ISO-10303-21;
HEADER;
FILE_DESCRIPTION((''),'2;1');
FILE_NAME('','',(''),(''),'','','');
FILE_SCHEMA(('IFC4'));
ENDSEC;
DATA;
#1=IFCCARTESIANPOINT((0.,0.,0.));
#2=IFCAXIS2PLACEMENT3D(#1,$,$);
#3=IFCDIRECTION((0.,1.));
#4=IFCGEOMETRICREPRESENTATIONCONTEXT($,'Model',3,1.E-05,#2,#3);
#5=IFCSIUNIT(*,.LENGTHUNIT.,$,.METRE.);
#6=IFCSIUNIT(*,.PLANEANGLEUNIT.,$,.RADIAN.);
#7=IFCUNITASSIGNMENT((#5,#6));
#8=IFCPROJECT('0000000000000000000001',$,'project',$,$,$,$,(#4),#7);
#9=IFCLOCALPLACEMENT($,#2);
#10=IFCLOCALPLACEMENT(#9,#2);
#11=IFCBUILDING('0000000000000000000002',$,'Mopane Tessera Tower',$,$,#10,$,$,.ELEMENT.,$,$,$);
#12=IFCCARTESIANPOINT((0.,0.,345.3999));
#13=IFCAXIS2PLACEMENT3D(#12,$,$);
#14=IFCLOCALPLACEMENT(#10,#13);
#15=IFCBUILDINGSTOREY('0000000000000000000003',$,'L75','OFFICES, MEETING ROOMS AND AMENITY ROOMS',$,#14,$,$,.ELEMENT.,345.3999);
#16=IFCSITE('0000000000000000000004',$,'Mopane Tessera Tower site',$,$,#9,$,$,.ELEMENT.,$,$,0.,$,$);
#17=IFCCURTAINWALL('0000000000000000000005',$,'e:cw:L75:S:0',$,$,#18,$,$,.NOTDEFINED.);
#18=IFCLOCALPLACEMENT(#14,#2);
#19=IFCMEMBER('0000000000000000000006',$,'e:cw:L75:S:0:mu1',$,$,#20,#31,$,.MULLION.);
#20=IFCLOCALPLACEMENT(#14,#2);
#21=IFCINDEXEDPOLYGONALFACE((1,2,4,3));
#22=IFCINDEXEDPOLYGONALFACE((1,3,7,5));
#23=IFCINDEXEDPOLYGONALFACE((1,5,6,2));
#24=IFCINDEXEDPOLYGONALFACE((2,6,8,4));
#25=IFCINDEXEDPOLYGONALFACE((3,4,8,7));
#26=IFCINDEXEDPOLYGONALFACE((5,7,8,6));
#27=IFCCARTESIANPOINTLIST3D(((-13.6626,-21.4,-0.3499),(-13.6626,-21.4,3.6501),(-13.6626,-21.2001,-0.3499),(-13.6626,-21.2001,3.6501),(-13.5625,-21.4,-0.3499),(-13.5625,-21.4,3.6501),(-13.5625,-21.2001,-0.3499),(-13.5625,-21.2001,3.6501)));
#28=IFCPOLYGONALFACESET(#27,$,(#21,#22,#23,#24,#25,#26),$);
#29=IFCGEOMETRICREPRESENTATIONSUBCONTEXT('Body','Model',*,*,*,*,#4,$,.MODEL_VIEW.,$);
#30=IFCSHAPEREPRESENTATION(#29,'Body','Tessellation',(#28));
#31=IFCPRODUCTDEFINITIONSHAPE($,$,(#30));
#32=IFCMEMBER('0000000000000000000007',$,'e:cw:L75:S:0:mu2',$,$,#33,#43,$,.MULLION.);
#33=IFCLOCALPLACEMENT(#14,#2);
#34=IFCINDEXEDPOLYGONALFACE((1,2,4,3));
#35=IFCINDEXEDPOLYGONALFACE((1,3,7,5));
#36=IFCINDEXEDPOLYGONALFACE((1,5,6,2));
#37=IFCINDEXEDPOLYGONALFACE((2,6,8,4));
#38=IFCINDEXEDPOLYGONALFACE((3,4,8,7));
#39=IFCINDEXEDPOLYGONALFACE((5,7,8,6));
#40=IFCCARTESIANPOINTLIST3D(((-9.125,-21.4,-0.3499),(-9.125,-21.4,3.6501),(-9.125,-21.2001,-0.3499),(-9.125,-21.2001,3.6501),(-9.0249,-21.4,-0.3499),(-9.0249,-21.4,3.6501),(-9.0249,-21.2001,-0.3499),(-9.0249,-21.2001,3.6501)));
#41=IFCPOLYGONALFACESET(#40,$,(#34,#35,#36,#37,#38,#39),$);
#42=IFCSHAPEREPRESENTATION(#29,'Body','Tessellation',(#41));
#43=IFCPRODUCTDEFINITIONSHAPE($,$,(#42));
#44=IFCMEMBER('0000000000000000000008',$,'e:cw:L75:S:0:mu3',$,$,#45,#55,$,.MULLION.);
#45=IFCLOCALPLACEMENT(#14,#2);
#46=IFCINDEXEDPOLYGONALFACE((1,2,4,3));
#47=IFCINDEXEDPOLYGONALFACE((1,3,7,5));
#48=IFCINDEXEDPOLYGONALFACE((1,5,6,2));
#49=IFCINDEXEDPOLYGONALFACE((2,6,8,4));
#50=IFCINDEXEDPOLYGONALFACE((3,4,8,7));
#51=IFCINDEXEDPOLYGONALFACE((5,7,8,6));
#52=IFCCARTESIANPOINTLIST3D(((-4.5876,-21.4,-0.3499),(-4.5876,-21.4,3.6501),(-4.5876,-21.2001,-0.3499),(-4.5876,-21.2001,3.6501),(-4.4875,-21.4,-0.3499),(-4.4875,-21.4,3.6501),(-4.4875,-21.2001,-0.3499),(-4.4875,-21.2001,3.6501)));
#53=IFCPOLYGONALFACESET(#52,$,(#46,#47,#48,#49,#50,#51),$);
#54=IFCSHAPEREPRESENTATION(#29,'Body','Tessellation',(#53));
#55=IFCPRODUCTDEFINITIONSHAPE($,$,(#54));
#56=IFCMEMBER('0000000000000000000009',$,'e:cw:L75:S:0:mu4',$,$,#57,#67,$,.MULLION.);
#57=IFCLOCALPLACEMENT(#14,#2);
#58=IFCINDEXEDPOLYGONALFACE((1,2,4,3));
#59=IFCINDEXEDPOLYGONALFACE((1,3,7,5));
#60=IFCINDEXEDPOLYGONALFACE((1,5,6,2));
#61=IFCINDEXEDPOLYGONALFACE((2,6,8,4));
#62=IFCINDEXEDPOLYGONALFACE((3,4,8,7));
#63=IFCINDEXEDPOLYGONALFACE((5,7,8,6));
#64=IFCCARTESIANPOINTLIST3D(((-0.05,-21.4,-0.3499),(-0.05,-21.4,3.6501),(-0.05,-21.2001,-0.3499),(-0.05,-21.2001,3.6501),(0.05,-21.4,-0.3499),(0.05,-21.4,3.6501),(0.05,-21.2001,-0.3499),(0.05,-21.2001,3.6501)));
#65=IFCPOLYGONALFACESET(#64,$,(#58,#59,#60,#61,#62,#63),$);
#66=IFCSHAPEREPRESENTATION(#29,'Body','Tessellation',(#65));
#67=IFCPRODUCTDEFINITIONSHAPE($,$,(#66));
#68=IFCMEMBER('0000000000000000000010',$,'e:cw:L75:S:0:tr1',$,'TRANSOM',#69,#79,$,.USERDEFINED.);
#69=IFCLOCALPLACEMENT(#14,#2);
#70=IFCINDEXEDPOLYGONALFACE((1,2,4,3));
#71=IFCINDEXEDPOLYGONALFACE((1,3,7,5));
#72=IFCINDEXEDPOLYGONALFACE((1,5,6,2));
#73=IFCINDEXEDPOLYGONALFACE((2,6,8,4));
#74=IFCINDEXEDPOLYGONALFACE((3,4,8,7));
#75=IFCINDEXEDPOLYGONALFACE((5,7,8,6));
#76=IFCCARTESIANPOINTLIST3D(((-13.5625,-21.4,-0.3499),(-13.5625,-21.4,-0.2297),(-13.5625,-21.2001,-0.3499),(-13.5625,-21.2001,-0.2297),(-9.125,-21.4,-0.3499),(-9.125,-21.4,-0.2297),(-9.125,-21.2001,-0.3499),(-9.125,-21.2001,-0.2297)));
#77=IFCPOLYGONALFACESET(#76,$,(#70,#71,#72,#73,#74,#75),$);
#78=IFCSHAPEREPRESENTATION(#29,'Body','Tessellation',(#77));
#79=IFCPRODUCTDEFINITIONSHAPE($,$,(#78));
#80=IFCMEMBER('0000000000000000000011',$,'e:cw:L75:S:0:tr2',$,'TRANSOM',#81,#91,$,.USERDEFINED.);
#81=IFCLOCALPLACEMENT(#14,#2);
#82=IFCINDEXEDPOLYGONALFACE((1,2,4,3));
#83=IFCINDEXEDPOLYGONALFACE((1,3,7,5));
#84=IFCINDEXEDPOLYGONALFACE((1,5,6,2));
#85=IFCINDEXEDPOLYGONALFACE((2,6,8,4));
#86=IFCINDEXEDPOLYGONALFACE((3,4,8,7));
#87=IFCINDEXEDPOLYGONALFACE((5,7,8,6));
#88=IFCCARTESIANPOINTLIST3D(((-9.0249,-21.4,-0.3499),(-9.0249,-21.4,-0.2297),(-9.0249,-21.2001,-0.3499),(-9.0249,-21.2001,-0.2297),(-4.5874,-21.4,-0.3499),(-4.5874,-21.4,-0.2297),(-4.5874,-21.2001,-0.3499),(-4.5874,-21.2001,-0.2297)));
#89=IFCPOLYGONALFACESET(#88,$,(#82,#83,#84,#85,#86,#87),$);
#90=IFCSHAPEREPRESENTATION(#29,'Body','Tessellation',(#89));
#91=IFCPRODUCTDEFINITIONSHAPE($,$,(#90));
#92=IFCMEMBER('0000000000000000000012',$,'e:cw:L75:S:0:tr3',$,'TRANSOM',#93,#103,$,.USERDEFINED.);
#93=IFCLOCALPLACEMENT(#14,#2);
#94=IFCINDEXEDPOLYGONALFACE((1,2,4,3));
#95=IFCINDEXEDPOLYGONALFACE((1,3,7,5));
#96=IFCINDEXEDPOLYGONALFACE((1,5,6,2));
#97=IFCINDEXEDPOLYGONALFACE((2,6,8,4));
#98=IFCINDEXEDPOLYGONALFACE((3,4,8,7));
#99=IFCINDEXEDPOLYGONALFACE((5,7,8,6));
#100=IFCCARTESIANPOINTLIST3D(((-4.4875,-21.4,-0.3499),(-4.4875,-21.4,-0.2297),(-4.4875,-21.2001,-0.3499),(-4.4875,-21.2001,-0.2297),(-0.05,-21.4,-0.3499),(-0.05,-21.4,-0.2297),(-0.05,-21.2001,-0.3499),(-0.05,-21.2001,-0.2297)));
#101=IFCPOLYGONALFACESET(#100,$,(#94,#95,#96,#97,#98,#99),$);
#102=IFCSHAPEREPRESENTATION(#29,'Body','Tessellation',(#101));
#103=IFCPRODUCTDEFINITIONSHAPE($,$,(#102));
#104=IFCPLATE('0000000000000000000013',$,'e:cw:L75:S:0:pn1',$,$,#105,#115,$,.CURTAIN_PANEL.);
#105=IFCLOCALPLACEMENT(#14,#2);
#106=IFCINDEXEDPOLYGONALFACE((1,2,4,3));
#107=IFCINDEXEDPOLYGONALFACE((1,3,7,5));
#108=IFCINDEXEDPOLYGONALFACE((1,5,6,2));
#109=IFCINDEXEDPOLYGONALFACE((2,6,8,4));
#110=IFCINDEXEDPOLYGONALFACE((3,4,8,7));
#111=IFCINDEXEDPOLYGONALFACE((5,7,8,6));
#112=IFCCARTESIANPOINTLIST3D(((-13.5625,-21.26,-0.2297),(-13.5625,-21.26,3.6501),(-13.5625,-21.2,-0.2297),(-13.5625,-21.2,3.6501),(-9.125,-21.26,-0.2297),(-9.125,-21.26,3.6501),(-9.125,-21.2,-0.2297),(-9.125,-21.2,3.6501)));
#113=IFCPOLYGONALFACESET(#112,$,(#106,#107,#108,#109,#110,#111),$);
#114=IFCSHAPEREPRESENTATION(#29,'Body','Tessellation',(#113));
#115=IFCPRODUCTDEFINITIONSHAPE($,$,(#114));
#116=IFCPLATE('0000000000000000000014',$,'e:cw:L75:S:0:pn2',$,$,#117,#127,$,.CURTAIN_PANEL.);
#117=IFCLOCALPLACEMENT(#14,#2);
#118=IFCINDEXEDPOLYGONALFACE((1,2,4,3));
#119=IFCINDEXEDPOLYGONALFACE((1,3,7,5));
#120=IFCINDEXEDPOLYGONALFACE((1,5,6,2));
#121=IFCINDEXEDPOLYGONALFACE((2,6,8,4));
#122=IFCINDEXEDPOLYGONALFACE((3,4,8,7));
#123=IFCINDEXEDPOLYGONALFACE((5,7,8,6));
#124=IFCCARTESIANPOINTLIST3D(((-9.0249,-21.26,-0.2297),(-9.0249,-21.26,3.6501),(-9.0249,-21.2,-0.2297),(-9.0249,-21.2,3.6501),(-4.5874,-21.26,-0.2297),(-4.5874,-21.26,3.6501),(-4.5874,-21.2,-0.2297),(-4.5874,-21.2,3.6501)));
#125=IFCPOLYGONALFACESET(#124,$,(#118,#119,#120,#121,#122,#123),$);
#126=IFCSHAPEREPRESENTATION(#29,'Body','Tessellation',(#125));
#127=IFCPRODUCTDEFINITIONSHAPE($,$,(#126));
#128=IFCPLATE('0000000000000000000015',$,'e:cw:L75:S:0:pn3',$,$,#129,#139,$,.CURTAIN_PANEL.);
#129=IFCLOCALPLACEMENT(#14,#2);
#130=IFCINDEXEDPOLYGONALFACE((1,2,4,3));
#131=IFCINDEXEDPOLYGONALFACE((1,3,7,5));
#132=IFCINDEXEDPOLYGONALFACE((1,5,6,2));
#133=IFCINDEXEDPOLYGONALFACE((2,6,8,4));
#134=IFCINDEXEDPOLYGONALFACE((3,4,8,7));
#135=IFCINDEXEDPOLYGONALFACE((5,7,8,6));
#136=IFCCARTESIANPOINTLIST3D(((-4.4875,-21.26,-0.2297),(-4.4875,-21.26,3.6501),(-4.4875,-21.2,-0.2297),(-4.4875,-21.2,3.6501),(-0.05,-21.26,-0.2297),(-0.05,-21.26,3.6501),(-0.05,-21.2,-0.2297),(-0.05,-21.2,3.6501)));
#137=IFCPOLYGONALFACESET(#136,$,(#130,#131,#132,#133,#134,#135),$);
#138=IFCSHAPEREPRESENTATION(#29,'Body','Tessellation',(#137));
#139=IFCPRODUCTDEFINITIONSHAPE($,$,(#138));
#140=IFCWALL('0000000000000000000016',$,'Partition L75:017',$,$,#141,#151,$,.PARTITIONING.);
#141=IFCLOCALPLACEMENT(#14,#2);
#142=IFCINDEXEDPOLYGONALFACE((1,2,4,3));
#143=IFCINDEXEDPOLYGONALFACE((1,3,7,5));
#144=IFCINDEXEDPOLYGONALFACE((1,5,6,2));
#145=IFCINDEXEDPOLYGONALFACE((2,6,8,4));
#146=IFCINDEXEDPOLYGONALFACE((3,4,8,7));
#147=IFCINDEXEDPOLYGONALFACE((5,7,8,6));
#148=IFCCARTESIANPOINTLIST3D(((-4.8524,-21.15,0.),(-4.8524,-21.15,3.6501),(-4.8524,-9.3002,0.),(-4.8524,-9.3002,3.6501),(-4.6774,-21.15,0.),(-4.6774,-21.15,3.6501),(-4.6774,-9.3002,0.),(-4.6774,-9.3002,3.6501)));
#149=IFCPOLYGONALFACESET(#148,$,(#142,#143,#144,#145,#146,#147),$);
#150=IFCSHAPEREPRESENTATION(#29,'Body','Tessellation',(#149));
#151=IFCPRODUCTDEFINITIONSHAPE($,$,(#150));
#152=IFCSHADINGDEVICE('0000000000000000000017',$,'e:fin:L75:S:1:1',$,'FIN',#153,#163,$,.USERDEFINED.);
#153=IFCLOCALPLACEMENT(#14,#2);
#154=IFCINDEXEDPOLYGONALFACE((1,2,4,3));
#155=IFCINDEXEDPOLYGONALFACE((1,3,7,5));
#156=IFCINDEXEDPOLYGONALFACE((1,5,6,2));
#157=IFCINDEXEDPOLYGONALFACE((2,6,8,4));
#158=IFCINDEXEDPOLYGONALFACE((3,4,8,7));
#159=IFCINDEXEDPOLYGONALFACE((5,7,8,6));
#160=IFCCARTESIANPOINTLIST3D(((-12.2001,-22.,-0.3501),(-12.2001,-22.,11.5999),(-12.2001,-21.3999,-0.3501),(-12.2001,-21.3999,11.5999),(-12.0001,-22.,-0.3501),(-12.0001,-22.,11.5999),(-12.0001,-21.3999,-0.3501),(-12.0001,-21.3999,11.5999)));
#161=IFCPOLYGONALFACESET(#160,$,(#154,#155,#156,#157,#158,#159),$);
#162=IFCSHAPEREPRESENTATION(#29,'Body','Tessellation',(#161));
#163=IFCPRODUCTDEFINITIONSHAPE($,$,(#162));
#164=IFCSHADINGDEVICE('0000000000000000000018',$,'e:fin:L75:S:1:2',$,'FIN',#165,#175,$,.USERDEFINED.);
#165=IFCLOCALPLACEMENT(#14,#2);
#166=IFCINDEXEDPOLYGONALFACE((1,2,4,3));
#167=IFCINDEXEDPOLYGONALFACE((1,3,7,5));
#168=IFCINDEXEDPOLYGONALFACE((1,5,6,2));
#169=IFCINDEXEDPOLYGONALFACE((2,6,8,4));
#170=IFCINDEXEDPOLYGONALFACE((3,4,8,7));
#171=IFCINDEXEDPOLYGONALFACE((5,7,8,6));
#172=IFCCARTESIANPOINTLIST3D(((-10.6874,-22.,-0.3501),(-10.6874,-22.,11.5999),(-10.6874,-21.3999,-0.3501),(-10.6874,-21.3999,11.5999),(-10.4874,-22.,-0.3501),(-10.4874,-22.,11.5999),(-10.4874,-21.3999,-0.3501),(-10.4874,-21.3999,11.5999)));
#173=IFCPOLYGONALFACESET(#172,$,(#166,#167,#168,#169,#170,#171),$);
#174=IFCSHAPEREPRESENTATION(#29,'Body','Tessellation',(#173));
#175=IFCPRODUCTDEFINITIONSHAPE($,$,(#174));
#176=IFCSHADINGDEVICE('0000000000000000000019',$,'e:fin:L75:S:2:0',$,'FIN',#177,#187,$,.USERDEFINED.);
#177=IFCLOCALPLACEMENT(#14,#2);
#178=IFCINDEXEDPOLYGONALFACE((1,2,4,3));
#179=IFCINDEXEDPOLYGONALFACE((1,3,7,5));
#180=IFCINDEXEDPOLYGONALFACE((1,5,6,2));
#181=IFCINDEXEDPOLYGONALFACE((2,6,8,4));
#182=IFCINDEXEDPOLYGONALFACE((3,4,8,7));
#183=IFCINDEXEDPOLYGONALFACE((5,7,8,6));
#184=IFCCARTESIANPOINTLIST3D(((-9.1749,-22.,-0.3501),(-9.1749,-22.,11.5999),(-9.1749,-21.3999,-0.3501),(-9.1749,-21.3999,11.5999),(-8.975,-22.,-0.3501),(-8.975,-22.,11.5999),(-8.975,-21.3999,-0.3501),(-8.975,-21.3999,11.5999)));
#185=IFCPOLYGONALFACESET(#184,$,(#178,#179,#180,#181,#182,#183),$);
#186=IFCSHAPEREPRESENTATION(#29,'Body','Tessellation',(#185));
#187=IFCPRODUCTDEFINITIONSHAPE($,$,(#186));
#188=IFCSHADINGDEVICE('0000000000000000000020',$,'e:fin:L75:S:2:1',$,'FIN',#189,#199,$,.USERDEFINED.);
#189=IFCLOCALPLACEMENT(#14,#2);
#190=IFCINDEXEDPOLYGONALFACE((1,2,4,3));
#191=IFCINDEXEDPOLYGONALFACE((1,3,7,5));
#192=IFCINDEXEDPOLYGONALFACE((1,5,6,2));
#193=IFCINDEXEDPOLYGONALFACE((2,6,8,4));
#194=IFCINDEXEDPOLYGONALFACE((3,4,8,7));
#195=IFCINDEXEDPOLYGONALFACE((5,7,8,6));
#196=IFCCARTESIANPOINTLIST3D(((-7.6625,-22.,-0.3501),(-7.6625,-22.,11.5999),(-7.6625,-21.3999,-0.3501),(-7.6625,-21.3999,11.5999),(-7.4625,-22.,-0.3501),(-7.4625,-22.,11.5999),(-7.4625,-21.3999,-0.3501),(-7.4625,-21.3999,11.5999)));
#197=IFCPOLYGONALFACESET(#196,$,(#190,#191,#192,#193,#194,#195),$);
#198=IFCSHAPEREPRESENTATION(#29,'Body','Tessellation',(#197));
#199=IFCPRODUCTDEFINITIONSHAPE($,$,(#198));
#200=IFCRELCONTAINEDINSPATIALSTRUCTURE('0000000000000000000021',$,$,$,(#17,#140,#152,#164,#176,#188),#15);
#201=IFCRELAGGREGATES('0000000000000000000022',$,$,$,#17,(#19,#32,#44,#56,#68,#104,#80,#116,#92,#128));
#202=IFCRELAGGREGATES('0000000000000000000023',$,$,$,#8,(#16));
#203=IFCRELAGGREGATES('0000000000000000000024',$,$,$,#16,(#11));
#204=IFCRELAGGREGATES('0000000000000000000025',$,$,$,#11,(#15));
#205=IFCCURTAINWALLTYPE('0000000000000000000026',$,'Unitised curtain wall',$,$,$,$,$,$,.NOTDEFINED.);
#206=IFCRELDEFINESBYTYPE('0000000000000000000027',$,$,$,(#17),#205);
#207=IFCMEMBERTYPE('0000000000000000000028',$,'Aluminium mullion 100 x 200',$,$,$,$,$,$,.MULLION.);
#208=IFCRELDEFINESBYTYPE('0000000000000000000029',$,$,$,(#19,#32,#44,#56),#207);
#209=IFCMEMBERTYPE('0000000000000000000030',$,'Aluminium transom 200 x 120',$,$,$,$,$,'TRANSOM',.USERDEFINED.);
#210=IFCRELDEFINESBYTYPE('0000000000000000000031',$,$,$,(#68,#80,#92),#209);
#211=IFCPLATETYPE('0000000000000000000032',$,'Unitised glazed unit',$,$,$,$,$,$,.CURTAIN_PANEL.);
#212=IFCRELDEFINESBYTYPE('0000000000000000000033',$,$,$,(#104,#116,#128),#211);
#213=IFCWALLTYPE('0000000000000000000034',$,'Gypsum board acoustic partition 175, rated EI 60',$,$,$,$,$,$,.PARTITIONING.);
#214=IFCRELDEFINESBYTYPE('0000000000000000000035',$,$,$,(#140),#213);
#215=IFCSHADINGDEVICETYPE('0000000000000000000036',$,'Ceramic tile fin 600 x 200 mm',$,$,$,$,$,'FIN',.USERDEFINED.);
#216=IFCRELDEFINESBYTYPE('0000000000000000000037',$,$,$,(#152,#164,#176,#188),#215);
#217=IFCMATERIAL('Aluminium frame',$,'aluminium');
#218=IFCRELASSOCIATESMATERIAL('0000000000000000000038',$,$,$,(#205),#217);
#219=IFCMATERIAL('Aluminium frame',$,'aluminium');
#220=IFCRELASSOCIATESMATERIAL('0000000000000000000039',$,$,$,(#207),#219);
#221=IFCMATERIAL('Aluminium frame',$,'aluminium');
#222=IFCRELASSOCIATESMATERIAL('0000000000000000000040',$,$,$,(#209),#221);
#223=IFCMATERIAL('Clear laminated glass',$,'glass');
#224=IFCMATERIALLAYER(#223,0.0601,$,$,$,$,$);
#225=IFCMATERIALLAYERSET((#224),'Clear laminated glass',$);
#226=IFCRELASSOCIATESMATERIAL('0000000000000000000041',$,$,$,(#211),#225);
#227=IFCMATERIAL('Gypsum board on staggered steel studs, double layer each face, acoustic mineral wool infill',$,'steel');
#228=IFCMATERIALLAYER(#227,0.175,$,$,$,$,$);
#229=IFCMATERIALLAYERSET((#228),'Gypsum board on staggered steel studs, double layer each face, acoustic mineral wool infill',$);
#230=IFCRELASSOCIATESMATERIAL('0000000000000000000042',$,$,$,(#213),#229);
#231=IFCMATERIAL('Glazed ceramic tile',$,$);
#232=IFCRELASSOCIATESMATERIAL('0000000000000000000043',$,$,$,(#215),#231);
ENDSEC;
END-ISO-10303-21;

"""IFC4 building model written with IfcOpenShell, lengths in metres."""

from ifc_helpers import new_model, si_unit, direction, frame, frame_2d, origin, origin_2d, place, context, subcontext, project, spatial, rectangle, extrude, material, layer, layer_set, material_profile, profile_set, type_object, element, aggregate, save


model = new_model("IFC4")

# Units and contexts
model_context = context("Model", 3, precision=1e-05, world=origin(), true_north=direction((0.0, 1.0)))
body_context = subcontext(model_context, "Body", "Model", "MODEL_VIEW")
ifc_project = project(units=[si_unit("LENGTHUNIT", "METRE"), si_unit("PLANEANGLEUNIT", "RADIAN")], contexts=[model_context])

# Site, building, storey
site_placement = place(None, origin())
site = spatial("IfcSite", under=ifc_project, at=site_placement, Name="Mopane Tessera Tower site", CompositionType="ELEMENT", RefElevation=0.0)
building_placement = place(site_placement, origin())
building = spatial("IfcBuilding", under=site, at=building_placement, Name="Mopane Tessera Tower", CompositionType="ELEMENT")
storey_placement = place(building_placement, frame((0.0, 0.0, 345.3999)))
storey = spatial("IfcBuildingStorey", under=building, at=storey_placement, Name="L75", Description="OFFICES, MEETING ROOMS AND AMENITY ROOMS", CompositionType="ELEMENT", Elevation=345.3999)

# Curtain wall, members, plates
ifc_material_1 = material(Name="Aluminium frame", Category="aluminium")
curtain_wall_type = type_object("IfcCurtainWallType", Name="Unitised curtain wall", PredefinedType="NOTDEFINED", material=ifc_material_1)
curtain_wall_placement = place(storey_placement, origin())
curtain_wall = element("IfcCurtainWall", 1, at=curtain_wall_placement, inside=storey, type_object=curtain_wall_type, Name="e:cw:L75:S:0", PredefinedType="NOTDEFINED")
ifc_material_2 = material(Name="Aluminium frame", Category="aluminium")
ifc_material_profile_1 = material_profile(ifc_material_2, rectangle(XDim=0.1001, YDim=0.2, at=origin_2d()))
ifc_profile_set_1 = profile_set([ifc_material_profile_1], Name="Aluminium frame")
member_type_1 = type_object("IfcMemberType", Name="Aluminium mullion 100 x 200", PredefinedType="MULLION", material=ifc_profile_set_1)
member_1_placement = place(storey_placement, frame((-13.6125, -21.3, -0.3499), z_axis=(0.0, 0.0, 1.0), x_axis=(1.0, 0.0, 0.0)))
member_1 = element("IfcMember", 2, at=member_1_placement, type_object=member_type_1, Name="e:cw:L75:S:0:mu1", PredefinedType="MULLION", context=body_context, shape_type="SweptSolid", body=[
    extrude(rectangle(XDim=0.1001, YDim=0.2, at=origin_2d()), origin(), (0.0, 0.0, 1.0), 4.0),
])
member_2_placement = place(storey_placement, frame((-9.075, -21.3, -0.3499), z_axis=(0.0, 0.0, 1.0), x_axis=(1.0, 0.0, 0.0)))
member_2 = element("IfcMember", 3, at=member_2_placement, type_object=member_type_1, Name="e:cw:L75:S:0:mu2", PredefinedType="MULLION", context=body_context, shape_type="SweptSolid", body=[
    extrude(rectangle(XDim=0.1001, YDim=0.2, at=origin_2d()), origin(), (0.0, 0.0, 1.0), 4.0),
])
member_3_placement = place(storey_placement, frame((-4.5376, -21.3, -0.3499), z_axis=(0.0, 0.0, 1.0), x_axis=(1.0, 0.0, 0.0)))
member_3 = element("IfcMember", 4, at=member_3_placement, type_object=member_type_1, Name="e:cw:L75:S:0:mu3", PredefinedType="MULLION", context=body_context, shape_type="SweptSolid", body=[
    extrude(rectangle(XDim=0.1001, YDim=0.2, at=origin_2d()), origin(), (0.0, 0.0, 1.0), 4.0),
])
member_4_placement = place(storey_placement, frame((0.0, -21.3, -0.3499), z_axis=(0.0, 0.0, 1.0), x_axis=(1.0, 0.0, 0.0)))
member_4 = element("IfcMember", 5, at=member_4_placement, type_object=member_type_1, Name="e:cw:L75:S:0:mu4", PredefinedType="MULLION", context=body_context, shape_type="SweptSolid", body=[
    extrude(rectangle(XDim=0.1001, YDim=0.2, at=origin_2d()), origin(), (0.0, 0.0, 1.0), 4.0),
])
ifc_material_3 = material(Name="Aluminium frame", Category="aluminium")
ifc_material_profile_2 = material_profile(ifc_material_3, rectangle(XDim=0.2, YDim=0.1201, at=origin_2d()))
ifc_profile_set_2 = profile_set([ifc_material_profile_2], Name="Aluminium frame")
member_type_2 = type_object("IfcMemberType", Name="Aluminium transom 200 x 120", ElementType="TRANSOM", PredefinedType="USERDEFINED", material=ifc_profile_set_2)
member_5_placement = place(storey_placement, frame((-13.5625, -21.3, -0.2898), z_axis=(1.0, 0.0, 0.0), x_axis=(0.0, 1.0, 0.0)))
member_5 = element("IfcMember", 6, at=member_5_placement, type_object=member_type_2, Name="e:cw:L75:S:0:tr1", ObjectType="TRANSOM", PredefinedType="USERDEFINED", context=body_context, shape_type="SweptSolid", body=[
    extrude(rectangle(XDim=0.2, YDim=0.1201, at=origin_2d()), origin(), (0.0, 0.0, 1.0), 4.4375),
])
member_6_placement = place(storey_placement, frame((-9.0249, -21.3, -0.2898), z_axis=(1.0, 0.0, 0.0), x_axis=(0.0, 1.0, 0.0)))
member_6 = element("IfcMember", 7, at=member_6_placement, type_object=member_type_2, Name="e:cw:L75:S:0:tr2", ObjectType="TRANSOM", PredefinedType="USERDEFINED", context=body_context, shape_type="SweptSolid", body=[
    extrude(rectangle(XDim=0.2, YDim=0.1201, at=origin_2d()), origin(), (0.0, 0.0, 1.0), 4.4375),
])
member_7_placement = place(storey_placement, frame((-4.4875, -21.3, -0.2898), z_axis=(1.0, 0.0, 0.0), x_axis=(0.0, 1.0, 0.0)))
member_7 = element("IfcMember", 8, at=member_7_placement, type_object=member_type_2, Name="e:cw:L75:S:0:tr3", ObjectType="TRANSOM", PredefinedType="USERDEFINED", context=body_context, shape_type="SweptSolid", body=[
    extrude(rectangle(XDim=0.2, YDim=0.1201, at=origin_2d()), origin(), (0.0, 0.0, 1.0), 4.4375),
])
ifc_material_4 = material(Name="Clear laminated glass", Category="glass")
ifc_layer_1 = layer(ifc_material_4, 0.0601)
ifc_layer_set_1 = layer_set([ifc_layer_1], Name="Clear laminated glass")
plate_type = type_object("IfcPlateType", Name="Unitised glazed unit", PredefinedType="CURTAIN_PANEL", material=ifc_layer_set_1)
plate_1_placement = place(storey_placement, frame((-11.3438, -21.23, -0.2297), z_axis=(0.0, 0.0, 1.0), x_axis=(1.0, 0.0, 0.0)))
plate_1 = element("IfcPlate", 9, at=plate_1_placement, type_object=plate_type, Name="e:cw:L75:S:0:pn1", PredefinedType="CURTAIN_PANEL", context=body_context, shape_type="SweptSolid", body=[
    extrude(rectangle(XDim=4.4375, YDim=0.0601, at=origin_2d()), origin(), (0.0, 0.0, 1.0), 3.8799),
])
plate_2_placement = place(storey_placement, frame((-6.8062, -21.23, -0.2297), z_axis=(0.0, 0.0, 1.0), x_axis=(1.0, 0.0, 0.0)))
plate_2 = element("IfcPlate", 10, at=plate_2_placement, type_object=plate_type, Name="e:cw:L75:S:0:pn2", PredefinedType="CURTAIN_PANEL", context=body_context, shape_type="SweptSolid", body=[
    extrude(rectangle(XDim=4.4375, YDim=0.0601, at=origin_2d()), origin(), (0.0, 0.0, 1.0), 3.8799),
])
plate_3_placement = place(storey_placement, frame((-2.2688, -21.23, -0.2297), z_axis=(0.0, 0.0, 1.0), x_axis=(1.0, 0.0, 0.0)))
plate_3 = element("IfcPlate", 11, at=plate_3_placement, type_object=plate_type, Name="e:cw:L75:S:0:pn3", PredefinedType="CURTAIN_PANEL", context=body_context, shape_type="SweptSolid", body=[
    extrude(rectangle(XDim=4.4375, YDim=0.0601, at=origin_2d()), origin(), (0.0, 0.0, 1.0), 3.8799),
])
aggregate(curtain_wall, [member_1, member_2, member_3, member_4, member_5, plate_1, member_6, plate_2, member_7, plate_3])

# Wall
ifc_material_5 = material(Name="Gypsum board on staggered steel studs, double layer each face, acoustic mineral wool infill", Category="steel")
ifc_layer_2 = layer(ifc_material_5, 0.175)
ifc_layer_set_2 = layer_set([ifc_layer_2], Name="Gypsum board on staggered steel studs, double layer each face, acoustic mineral wool infill")
wall_type = type_object("IfcWallType", Name="Gypsum board acoustic partition 175, rated EI 60", PredefinedType="PARTITIONING", material=ifc_layer_set_2)
wall_placement = place(storey_placement, frame((-4.7649, -21.1499, 0.0), z_axis=(0.0, 0.0, 1.0), x_axis=(0.0, 1.0, 0.0)))
element("IfcWall", 12, at=wall_placement, inside=storey, type_object=wall_type, Name="Partition L75:017", PredefinedType="PARTITIONING", context=body_context, shape_type="SweptSolid", body=[
    extrude(rectangle(XDim=11.8499, YDim=0.175, at=frame_2d((5.9248, 0.0))), origin(), (0.0, 0.0, 1.0), 3.6501),
])

# Shading devices
ifc_material_6 = material(Name="Glazed ceramic tile")
shading_device_type = type_object("IfcShadingDeviceType", Name="Ceramic tile fin 600 x 200 mm", ElementType="FIN", PredefinedType="USERDEFINED", material=ifc_material_6)
for number, where, z_axis, x_axis, name in (
    (13, (-12.1001, -21.7, -0.3501), (0.0, 0.0, 1.0), (1.0, 0.0, 0.0), "e:fin:L75:S:1:1"),
    (14, (-10.5874, -21.7, -0.3501), (0.0, 0.0, 1.0), (1.0, 0.0, 0.0), "e:fin:L75:S:1:2"),
    (15, (-9.075, -21.7, -0.3501), (0.0, 0.0, 1.0), (1.0, 0.0, 0.0), "e:fin:L75:S:2:0"),
    (16, (-7.5625, -21.7, -0.3501), (0.0, 0.0, 1.0), (1.0, 0.0, 0.0), "e:fin:L75:S:2:1"),
):
    element("IfcShadingDevice", number, at=place(storey_placement, frame(where, z_axis=z_axis, x_axis=x_axis)), inside=storey, type_object=shading_device_type, Name=name, ObjectType="FIN", PredefinedType="USERDEFINED", context=body_context, shape_type="SweptSolid", body=[
        extrude(rectangle(XDim=0.2, YDim=0.6001, at=origin_2d()), origin(), (0.0, 0.0, 1.0), 11.95),
    ])

save(model, "model.ifc")
